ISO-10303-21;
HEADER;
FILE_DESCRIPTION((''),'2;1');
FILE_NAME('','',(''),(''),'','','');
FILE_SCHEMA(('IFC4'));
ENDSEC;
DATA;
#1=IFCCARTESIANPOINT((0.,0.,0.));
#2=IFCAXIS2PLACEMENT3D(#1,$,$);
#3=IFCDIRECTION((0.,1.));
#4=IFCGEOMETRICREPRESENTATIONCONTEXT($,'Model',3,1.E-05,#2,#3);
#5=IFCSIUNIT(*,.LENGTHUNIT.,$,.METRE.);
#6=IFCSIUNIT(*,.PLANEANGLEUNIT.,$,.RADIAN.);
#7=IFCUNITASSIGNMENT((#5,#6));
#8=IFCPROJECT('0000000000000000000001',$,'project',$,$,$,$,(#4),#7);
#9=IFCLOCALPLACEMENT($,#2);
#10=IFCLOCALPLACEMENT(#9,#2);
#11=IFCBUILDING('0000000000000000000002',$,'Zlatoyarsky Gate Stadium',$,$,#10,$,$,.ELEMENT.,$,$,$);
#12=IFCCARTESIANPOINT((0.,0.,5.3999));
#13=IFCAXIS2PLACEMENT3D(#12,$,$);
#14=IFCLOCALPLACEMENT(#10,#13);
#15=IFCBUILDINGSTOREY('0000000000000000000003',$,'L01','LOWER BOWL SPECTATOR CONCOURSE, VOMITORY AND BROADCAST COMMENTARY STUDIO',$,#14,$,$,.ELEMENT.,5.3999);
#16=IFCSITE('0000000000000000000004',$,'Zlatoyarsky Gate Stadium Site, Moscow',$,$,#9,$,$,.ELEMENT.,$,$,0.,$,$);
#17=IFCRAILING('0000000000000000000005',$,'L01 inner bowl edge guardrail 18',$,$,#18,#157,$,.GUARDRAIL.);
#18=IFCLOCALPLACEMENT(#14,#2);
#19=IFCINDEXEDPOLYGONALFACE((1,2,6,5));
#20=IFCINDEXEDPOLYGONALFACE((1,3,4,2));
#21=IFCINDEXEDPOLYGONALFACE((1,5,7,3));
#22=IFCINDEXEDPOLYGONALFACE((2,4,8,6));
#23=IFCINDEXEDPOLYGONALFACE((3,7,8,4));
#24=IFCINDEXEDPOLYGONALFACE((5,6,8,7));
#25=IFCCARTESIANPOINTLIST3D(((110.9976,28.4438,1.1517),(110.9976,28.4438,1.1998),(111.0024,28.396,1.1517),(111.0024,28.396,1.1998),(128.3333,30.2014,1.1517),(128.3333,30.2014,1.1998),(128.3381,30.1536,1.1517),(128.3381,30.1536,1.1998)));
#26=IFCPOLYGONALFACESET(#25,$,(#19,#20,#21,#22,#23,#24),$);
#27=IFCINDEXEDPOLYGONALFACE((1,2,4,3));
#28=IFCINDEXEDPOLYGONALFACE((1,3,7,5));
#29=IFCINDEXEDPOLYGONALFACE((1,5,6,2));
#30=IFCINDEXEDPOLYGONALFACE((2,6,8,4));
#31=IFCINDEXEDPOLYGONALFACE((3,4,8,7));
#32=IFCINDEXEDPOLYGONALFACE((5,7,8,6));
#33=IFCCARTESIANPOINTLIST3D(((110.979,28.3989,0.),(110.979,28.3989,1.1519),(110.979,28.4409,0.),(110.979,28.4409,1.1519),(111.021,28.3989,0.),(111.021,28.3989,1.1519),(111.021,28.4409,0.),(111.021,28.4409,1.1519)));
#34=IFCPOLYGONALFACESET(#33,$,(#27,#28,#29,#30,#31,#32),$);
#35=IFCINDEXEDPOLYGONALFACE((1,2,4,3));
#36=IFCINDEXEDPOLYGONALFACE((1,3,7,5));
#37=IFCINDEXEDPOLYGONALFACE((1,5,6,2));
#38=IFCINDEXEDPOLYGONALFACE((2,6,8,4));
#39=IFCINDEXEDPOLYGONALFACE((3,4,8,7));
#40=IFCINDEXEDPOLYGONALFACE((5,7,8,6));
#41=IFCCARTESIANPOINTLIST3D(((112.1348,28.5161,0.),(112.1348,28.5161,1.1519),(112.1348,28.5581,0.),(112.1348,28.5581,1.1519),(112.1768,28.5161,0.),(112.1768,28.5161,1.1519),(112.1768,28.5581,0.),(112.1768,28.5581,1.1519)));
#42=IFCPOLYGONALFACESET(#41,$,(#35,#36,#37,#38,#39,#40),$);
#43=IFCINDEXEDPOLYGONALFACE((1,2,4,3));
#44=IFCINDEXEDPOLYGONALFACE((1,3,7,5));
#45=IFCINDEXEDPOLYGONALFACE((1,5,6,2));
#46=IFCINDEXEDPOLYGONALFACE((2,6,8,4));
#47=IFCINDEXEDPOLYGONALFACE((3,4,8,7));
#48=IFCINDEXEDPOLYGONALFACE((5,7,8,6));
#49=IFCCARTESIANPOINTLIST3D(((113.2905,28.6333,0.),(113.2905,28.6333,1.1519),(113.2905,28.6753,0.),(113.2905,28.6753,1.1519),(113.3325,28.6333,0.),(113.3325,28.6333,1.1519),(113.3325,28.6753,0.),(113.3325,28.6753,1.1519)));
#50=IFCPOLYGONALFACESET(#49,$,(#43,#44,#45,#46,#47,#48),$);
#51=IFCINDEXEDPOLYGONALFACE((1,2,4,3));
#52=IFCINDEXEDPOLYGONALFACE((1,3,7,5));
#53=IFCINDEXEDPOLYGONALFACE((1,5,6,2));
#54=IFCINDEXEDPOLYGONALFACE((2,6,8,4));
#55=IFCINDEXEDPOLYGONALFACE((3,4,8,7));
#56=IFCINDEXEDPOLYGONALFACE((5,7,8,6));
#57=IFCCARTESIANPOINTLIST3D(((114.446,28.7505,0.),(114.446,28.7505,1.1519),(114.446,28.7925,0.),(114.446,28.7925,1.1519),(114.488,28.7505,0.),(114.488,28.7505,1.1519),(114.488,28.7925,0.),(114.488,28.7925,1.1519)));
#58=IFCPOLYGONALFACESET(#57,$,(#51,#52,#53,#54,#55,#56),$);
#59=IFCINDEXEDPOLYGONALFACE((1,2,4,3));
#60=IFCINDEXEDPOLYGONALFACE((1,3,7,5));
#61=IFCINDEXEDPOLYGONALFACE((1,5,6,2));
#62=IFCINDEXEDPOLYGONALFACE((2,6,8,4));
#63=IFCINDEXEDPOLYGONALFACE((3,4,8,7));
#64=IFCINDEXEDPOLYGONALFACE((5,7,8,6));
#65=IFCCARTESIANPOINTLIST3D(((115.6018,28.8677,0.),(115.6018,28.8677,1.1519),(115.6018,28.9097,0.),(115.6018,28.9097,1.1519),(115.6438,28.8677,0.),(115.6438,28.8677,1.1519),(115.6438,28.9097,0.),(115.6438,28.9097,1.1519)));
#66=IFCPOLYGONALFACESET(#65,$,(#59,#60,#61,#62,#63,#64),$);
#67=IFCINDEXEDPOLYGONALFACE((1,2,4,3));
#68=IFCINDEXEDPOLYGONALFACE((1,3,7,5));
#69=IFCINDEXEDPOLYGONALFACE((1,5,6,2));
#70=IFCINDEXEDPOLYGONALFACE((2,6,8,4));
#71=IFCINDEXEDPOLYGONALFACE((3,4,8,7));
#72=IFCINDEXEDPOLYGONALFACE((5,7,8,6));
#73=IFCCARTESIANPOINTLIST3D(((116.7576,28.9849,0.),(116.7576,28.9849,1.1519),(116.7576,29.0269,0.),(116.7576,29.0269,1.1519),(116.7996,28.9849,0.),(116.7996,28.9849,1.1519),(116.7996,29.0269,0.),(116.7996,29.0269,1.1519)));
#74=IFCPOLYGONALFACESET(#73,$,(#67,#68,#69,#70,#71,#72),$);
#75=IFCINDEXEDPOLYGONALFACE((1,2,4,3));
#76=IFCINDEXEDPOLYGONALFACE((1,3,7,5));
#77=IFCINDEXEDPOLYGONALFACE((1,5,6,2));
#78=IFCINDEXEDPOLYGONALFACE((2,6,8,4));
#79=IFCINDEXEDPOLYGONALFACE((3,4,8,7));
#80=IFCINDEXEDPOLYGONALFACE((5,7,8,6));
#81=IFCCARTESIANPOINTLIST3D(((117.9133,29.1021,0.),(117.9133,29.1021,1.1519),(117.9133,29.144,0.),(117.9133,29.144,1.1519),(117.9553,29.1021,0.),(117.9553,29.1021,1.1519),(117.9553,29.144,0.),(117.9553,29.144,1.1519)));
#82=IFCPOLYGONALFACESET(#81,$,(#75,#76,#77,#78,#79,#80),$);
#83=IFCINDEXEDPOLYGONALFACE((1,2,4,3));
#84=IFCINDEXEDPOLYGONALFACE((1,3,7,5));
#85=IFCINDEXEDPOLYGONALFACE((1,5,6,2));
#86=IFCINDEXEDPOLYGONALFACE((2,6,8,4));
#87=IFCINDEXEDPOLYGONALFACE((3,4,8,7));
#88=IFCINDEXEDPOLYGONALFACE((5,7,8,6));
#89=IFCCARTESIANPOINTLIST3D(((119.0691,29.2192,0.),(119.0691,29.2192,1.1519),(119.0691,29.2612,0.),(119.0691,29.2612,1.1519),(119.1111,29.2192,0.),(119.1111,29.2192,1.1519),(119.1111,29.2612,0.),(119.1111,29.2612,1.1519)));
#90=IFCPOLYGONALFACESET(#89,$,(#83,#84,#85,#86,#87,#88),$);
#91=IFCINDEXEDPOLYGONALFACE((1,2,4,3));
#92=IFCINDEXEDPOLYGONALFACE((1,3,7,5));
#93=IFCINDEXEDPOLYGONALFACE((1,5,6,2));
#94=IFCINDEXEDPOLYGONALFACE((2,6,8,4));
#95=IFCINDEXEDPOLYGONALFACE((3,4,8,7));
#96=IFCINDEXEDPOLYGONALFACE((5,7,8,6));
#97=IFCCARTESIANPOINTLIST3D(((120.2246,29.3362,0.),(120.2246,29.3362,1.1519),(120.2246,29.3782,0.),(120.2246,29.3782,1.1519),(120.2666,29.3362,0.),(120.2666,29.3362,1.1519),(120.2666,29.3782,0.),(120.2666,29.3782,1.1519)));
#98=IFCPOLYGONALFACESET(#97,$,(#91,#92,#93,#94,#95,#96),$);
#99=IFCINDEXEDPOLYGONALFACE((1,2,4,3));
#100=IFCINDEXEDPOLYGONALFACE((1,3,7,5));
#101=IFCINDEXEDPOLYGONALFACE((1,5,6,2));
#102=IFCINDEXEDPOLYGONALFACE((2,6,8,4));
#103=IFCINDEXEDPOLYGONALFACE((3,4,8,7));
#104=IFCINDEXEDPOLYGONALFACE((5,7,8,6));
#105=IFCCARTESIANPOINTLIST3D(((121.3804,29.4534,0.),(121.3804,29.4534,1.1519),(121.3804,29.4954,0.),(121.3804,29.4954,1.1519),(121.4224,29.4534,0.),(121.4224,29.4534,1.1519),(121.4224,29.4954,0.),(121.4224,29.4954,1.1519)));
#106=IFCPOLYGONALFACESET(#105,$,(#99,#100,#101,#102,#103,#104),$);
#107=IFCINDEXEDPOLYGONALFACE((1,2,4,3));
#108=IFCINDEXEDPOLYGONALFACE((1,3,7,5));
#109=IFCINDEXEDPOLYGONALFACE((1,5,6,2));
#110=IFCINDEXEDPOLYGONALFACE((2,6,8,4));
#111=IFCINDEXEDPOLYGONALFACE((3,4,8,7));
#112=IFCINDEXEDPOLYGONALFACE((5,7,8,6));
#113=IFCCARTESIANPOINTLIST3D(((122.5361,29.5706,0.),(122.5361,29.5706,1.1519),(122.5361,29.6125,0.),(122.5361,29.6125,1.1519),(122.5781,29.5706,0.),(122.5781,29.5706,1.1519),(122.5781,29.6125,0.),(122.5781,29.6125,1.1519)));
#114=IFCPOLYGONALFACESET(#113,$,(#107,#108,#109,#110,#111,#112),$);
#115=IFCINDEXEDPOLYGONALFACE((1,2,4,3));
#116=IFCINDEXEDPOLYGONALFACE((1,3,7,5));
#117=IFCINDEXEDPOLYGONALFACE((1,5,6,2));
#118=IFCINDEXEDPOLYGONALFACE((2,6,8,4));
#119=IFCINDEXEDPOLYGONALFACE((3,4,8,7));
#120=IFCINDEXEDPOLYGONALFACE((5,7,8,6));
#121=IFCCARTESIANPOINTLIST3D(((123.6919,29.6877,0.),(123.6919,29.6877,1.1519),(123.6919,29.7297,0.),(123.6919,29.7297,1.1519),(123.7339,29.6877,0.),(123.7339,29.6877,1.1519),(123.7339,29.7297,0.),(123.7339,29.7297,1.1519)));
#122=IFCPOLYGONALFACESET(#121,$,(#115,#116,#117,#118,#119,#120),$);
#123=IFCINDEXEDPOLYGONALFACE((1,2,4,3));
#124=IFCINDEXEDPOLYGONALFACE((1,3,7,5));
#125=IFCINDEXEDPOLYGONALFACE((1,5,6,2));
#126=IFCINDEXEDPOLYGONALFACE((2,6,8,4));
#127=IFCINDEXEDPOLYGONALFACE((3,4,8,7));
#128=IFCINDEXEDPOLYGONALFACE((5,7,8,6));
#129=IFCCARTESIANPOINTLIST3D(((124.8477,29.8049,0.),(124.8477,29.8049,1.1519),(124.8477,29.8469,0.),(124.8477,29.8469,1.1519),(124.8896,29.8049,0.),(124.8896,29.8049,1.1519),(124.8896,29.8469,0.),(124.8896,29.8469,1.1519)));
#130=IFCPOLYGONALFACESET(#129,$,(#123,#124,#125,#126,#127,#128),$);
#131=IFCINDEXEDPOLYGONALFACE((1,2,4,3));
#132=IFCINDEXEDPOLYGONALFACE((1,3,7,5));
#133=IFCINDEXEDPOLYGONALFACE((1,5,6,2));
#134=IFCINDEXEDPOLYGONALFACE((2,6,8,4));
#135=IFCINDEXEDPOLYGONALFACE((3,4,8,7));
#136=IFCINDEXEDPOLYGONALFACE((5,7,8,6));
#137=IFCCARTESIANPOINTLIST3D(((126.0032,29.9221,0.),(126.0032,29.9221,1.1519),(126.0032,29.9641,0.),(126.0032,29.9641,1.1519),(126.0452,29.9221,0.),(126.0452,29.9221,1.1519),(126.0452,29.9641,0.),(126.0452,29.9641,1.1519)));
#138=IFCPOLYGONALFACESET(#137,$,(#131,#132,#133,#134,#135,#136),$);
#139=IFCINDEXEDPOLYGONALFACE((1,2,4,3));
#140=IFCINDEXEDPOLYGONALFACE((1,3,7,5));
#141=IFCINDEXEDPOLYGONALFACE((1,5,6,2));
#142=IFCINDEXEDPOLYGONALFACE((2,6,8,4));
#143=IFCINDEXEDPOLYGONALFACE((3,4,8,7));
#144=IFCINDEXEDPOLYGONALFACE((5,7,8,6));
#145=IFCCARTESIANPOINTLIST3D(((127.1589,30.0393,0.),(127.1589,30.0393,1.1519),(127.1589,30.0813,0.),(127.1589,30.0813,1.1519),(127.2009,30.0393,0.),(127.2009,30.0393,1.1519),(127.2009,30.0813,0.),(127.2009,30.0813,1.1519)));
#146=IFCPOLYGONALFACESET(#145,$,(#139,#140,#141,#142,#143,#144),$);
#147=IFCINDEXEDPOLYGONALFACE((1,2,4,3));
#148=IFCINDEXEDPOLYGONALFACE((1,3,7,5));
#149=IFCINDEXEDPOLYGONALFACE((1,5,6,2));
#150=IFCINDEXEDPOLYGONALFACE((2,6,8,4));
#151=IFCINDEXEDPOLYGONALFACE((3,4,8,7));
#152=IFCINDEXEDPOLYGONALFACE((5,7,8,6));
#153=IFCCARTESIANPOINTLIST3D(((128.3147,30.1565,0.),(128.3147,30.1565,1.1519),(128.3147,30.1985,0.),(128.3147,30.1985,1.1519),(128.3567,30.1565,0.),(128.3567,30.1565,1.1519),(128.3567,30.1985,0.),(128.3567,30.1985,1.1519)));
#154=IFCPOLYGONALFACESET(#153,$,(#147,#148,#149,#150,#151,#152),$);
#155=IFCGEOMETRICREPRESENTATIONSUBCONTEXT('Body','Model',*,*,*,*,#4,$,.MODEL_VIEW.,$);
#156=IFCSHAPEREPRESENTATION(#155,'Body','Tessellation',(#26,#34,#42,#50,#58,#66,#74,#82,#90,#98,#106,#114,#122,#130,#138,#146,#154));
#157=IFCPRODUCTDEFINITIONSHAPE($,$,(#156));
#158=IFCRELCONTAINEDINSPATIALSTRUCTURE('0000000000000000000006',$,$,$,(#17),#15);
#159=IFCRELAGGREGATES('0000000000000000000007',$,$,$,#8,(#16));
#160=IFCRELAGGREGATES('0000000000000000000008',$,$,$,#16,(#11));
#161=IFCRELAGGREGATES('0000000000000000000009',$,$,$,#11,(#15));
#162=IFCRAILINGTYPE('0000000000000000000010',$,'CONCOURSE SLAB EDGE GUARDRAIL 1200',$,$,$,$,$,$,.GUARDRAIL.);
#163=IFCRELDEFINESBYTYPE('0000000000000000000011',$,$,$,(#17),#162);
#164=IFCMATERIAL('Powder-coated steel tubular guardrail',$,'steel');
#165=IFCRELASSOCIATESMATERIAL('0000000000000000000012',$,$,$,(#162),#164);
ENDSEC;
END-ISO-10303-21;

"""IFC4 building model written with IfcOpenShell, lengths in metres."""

from ifc_helpers import new_model, si_unit, direction, frame, origin, origin_2d, place, context, subcontext, project, spatial, rectangle, extrude, material, type_object, element, save


model = new_model("IFC4")

# Units and contexts
model_context = context("Model", 3, precision=1e-05, world=origin(), true_north=direction((0.0, 1.0)))
body_context = subcontext(model_context, "Body", "Model", "MODEL_VIEW")
ifc_project = project(units=[si_unit("LENGTHUNIT", "METRE"), si_unit("PLANEANGLEUNIT", "RADIAN")], contexts=[model_context])

# Site, building, storey
site_placement = place(None, origin())
site = spatial("IfcSite", under=ifc_project, at=site_placement, Name="Zlatoyarsky Gate Stadium Site, Moscow", CompositionType="ELEMENT", RefElevation=0.0)
building_placement = place(site_placement, origin())
building = spatial("IfcBuilding", under=site, at=building_placement, Name="Zlatoyarsky Gate Stadium", CompositionType="ELEMENT")
storey_placement = place(building_placement, frame((0.0, 0.0, 5.3999)))
storey = spatial("IfcBuildingStorey", under=building, at=storey_placement, Name="L01", Description="LOWER BOWL SPECTATOR CONCOURSE, VOMITORY AND BROADCAST COMMENTARY STUDIO", CompositionType="ELEMENT", Elevation=5.3999)

# Railing
ifc_material_1 = material(Name="Powder-coated steel tubular guardrail", Category="steel")
railing_type_1 = type_object("IfcRailingType", Name="CONCOURSE SLAB EDGE GUARDRAIL 1200", PredefinedType="GUARDRAIL", material=ifc_material_1)
railing_1_placement = place(storey_placement, frame((111.0, 28.4199, 0.0)))
element("IfcRailing", 1, at=railing_1_placement, inside=storey, type_object=railing_type_1, Name="L01 inner bowl edge guardrail 18", PredefinedType="GUARDRAIL", context=body_context, shape_type="SweptSolid", body=[
    extrude(rectangle(XDim=0.0481, YDim=0.0481, at=origin_2d()), frame((0.0, 0.0, 1.1758), z_axis=(0.9949, 0.100867, 0.0), x_axis=(-0.100867, 0.9949, 0.0)), (0.0, 0.0, 1.0), 17.4246),
    extrude(rectangle(XDim=0.042, YDim=0.042, at=origin_2d()), origin(), (0.0, 0.0, 1.0), 1.1519),
    extrude(rectangle(XDim=0.042, YDim=0.042, at=origin_2d()), frame((1.1558, 0.1172, 0.0)), (0.0, 0.0, 1.0), 1.1519),
    extrude(rectangle(XDim=0.042, YDim=0.042, at=origin_2d()), frame((2.3115, 0.2344, 0.0)), (0.0, 0.0, 1.0), 1.1519),
    extrude(rectangle(XDim=0.042, YDim=0.042, at=origin_2d()), frame((3.467, 0.3516, 0.0)), (0.0, 0.0, 1.0), 1.1519),
    extrude(rectangle(XDim=0.042, YDim=0.042, at=origin_2d()), frame((4.6228, 0.4688, 0.0)), (0.0, 0.0, 1.0), 1.1519),
    extrude(rectangle(XDim=0.042, YDim=0.042, at=origin_2d()), frame((5.7786, 0.5859, 0.0)), (0.0, 0.0, 1.0), 1.1519),
    extrude(rectangle(XDim=0.042, YDim=0.042, at=origin_2d()), frame((6.9343, 0.7031, 0.0)), (0.0, 0.0, 1.0), 1.1519),
    extrude(rectangle(XDim=0.042, YDim=0.042, at=origin_2d()), frame((8.0901, 0.8203, 0.0)), (0.0, 0.0, 1.0), 1.1519),
    extrude(rectangle(XDim=0.042, YDim=0.042, at=origin_2d()), frame((9.2456, 0.9373, 0.0)), (0.0, 0.0, 1.0), 1.1519),
    extrude(rectangle(XDim=0.042, YDim=0.042, at=origin_2d()), frame((10.4014, 1.0544, 0.0)), (0.0, 0.0, 1.0), 1.1519),
    extrude(rectangle(XDim=0.042, YDim=0.042, at=origin_2d()), frame((11.5571, 1.1716, 0.0)), (0.0, 0.0, 1.0), 1.1519),
    extrude(rectangle(XDim=0.042, YDim=0.042, at=origin_2d()), frame((12.7129, 1.2888, 0.0)), (0.0, 0.0, 1.0), 1.1519),
    extrude(rectangle(XDim=0.042, YDim=0.042, at=origin_2d()), frame((13.8687, 1.406, 0.0)), (0.0, 0.0, 1.0), 1.1519),
    extrude(rectangle(XDim=0.042, YDim=0.042, at=origin_2d()), frame((15.0242, 1.5232, 0.0)), (0.0, 0.0, 1.0), 1.1519),
    extrude(rectangle(XDim=0.042, YDim=0.042, at=origin_2d()), frame((16.1799, 1.6404, 0.0)), (0.0, 0.0, 1.0), 1.1519),
    extrude(rectangle(XDim=0.042, YDim=0.042, at=origin_2d()), frame((17.3357, 1.7576, 0.0)), (0.0, 0.0, 1.0), 1.1519),
])

save(model, "model.ifc")
